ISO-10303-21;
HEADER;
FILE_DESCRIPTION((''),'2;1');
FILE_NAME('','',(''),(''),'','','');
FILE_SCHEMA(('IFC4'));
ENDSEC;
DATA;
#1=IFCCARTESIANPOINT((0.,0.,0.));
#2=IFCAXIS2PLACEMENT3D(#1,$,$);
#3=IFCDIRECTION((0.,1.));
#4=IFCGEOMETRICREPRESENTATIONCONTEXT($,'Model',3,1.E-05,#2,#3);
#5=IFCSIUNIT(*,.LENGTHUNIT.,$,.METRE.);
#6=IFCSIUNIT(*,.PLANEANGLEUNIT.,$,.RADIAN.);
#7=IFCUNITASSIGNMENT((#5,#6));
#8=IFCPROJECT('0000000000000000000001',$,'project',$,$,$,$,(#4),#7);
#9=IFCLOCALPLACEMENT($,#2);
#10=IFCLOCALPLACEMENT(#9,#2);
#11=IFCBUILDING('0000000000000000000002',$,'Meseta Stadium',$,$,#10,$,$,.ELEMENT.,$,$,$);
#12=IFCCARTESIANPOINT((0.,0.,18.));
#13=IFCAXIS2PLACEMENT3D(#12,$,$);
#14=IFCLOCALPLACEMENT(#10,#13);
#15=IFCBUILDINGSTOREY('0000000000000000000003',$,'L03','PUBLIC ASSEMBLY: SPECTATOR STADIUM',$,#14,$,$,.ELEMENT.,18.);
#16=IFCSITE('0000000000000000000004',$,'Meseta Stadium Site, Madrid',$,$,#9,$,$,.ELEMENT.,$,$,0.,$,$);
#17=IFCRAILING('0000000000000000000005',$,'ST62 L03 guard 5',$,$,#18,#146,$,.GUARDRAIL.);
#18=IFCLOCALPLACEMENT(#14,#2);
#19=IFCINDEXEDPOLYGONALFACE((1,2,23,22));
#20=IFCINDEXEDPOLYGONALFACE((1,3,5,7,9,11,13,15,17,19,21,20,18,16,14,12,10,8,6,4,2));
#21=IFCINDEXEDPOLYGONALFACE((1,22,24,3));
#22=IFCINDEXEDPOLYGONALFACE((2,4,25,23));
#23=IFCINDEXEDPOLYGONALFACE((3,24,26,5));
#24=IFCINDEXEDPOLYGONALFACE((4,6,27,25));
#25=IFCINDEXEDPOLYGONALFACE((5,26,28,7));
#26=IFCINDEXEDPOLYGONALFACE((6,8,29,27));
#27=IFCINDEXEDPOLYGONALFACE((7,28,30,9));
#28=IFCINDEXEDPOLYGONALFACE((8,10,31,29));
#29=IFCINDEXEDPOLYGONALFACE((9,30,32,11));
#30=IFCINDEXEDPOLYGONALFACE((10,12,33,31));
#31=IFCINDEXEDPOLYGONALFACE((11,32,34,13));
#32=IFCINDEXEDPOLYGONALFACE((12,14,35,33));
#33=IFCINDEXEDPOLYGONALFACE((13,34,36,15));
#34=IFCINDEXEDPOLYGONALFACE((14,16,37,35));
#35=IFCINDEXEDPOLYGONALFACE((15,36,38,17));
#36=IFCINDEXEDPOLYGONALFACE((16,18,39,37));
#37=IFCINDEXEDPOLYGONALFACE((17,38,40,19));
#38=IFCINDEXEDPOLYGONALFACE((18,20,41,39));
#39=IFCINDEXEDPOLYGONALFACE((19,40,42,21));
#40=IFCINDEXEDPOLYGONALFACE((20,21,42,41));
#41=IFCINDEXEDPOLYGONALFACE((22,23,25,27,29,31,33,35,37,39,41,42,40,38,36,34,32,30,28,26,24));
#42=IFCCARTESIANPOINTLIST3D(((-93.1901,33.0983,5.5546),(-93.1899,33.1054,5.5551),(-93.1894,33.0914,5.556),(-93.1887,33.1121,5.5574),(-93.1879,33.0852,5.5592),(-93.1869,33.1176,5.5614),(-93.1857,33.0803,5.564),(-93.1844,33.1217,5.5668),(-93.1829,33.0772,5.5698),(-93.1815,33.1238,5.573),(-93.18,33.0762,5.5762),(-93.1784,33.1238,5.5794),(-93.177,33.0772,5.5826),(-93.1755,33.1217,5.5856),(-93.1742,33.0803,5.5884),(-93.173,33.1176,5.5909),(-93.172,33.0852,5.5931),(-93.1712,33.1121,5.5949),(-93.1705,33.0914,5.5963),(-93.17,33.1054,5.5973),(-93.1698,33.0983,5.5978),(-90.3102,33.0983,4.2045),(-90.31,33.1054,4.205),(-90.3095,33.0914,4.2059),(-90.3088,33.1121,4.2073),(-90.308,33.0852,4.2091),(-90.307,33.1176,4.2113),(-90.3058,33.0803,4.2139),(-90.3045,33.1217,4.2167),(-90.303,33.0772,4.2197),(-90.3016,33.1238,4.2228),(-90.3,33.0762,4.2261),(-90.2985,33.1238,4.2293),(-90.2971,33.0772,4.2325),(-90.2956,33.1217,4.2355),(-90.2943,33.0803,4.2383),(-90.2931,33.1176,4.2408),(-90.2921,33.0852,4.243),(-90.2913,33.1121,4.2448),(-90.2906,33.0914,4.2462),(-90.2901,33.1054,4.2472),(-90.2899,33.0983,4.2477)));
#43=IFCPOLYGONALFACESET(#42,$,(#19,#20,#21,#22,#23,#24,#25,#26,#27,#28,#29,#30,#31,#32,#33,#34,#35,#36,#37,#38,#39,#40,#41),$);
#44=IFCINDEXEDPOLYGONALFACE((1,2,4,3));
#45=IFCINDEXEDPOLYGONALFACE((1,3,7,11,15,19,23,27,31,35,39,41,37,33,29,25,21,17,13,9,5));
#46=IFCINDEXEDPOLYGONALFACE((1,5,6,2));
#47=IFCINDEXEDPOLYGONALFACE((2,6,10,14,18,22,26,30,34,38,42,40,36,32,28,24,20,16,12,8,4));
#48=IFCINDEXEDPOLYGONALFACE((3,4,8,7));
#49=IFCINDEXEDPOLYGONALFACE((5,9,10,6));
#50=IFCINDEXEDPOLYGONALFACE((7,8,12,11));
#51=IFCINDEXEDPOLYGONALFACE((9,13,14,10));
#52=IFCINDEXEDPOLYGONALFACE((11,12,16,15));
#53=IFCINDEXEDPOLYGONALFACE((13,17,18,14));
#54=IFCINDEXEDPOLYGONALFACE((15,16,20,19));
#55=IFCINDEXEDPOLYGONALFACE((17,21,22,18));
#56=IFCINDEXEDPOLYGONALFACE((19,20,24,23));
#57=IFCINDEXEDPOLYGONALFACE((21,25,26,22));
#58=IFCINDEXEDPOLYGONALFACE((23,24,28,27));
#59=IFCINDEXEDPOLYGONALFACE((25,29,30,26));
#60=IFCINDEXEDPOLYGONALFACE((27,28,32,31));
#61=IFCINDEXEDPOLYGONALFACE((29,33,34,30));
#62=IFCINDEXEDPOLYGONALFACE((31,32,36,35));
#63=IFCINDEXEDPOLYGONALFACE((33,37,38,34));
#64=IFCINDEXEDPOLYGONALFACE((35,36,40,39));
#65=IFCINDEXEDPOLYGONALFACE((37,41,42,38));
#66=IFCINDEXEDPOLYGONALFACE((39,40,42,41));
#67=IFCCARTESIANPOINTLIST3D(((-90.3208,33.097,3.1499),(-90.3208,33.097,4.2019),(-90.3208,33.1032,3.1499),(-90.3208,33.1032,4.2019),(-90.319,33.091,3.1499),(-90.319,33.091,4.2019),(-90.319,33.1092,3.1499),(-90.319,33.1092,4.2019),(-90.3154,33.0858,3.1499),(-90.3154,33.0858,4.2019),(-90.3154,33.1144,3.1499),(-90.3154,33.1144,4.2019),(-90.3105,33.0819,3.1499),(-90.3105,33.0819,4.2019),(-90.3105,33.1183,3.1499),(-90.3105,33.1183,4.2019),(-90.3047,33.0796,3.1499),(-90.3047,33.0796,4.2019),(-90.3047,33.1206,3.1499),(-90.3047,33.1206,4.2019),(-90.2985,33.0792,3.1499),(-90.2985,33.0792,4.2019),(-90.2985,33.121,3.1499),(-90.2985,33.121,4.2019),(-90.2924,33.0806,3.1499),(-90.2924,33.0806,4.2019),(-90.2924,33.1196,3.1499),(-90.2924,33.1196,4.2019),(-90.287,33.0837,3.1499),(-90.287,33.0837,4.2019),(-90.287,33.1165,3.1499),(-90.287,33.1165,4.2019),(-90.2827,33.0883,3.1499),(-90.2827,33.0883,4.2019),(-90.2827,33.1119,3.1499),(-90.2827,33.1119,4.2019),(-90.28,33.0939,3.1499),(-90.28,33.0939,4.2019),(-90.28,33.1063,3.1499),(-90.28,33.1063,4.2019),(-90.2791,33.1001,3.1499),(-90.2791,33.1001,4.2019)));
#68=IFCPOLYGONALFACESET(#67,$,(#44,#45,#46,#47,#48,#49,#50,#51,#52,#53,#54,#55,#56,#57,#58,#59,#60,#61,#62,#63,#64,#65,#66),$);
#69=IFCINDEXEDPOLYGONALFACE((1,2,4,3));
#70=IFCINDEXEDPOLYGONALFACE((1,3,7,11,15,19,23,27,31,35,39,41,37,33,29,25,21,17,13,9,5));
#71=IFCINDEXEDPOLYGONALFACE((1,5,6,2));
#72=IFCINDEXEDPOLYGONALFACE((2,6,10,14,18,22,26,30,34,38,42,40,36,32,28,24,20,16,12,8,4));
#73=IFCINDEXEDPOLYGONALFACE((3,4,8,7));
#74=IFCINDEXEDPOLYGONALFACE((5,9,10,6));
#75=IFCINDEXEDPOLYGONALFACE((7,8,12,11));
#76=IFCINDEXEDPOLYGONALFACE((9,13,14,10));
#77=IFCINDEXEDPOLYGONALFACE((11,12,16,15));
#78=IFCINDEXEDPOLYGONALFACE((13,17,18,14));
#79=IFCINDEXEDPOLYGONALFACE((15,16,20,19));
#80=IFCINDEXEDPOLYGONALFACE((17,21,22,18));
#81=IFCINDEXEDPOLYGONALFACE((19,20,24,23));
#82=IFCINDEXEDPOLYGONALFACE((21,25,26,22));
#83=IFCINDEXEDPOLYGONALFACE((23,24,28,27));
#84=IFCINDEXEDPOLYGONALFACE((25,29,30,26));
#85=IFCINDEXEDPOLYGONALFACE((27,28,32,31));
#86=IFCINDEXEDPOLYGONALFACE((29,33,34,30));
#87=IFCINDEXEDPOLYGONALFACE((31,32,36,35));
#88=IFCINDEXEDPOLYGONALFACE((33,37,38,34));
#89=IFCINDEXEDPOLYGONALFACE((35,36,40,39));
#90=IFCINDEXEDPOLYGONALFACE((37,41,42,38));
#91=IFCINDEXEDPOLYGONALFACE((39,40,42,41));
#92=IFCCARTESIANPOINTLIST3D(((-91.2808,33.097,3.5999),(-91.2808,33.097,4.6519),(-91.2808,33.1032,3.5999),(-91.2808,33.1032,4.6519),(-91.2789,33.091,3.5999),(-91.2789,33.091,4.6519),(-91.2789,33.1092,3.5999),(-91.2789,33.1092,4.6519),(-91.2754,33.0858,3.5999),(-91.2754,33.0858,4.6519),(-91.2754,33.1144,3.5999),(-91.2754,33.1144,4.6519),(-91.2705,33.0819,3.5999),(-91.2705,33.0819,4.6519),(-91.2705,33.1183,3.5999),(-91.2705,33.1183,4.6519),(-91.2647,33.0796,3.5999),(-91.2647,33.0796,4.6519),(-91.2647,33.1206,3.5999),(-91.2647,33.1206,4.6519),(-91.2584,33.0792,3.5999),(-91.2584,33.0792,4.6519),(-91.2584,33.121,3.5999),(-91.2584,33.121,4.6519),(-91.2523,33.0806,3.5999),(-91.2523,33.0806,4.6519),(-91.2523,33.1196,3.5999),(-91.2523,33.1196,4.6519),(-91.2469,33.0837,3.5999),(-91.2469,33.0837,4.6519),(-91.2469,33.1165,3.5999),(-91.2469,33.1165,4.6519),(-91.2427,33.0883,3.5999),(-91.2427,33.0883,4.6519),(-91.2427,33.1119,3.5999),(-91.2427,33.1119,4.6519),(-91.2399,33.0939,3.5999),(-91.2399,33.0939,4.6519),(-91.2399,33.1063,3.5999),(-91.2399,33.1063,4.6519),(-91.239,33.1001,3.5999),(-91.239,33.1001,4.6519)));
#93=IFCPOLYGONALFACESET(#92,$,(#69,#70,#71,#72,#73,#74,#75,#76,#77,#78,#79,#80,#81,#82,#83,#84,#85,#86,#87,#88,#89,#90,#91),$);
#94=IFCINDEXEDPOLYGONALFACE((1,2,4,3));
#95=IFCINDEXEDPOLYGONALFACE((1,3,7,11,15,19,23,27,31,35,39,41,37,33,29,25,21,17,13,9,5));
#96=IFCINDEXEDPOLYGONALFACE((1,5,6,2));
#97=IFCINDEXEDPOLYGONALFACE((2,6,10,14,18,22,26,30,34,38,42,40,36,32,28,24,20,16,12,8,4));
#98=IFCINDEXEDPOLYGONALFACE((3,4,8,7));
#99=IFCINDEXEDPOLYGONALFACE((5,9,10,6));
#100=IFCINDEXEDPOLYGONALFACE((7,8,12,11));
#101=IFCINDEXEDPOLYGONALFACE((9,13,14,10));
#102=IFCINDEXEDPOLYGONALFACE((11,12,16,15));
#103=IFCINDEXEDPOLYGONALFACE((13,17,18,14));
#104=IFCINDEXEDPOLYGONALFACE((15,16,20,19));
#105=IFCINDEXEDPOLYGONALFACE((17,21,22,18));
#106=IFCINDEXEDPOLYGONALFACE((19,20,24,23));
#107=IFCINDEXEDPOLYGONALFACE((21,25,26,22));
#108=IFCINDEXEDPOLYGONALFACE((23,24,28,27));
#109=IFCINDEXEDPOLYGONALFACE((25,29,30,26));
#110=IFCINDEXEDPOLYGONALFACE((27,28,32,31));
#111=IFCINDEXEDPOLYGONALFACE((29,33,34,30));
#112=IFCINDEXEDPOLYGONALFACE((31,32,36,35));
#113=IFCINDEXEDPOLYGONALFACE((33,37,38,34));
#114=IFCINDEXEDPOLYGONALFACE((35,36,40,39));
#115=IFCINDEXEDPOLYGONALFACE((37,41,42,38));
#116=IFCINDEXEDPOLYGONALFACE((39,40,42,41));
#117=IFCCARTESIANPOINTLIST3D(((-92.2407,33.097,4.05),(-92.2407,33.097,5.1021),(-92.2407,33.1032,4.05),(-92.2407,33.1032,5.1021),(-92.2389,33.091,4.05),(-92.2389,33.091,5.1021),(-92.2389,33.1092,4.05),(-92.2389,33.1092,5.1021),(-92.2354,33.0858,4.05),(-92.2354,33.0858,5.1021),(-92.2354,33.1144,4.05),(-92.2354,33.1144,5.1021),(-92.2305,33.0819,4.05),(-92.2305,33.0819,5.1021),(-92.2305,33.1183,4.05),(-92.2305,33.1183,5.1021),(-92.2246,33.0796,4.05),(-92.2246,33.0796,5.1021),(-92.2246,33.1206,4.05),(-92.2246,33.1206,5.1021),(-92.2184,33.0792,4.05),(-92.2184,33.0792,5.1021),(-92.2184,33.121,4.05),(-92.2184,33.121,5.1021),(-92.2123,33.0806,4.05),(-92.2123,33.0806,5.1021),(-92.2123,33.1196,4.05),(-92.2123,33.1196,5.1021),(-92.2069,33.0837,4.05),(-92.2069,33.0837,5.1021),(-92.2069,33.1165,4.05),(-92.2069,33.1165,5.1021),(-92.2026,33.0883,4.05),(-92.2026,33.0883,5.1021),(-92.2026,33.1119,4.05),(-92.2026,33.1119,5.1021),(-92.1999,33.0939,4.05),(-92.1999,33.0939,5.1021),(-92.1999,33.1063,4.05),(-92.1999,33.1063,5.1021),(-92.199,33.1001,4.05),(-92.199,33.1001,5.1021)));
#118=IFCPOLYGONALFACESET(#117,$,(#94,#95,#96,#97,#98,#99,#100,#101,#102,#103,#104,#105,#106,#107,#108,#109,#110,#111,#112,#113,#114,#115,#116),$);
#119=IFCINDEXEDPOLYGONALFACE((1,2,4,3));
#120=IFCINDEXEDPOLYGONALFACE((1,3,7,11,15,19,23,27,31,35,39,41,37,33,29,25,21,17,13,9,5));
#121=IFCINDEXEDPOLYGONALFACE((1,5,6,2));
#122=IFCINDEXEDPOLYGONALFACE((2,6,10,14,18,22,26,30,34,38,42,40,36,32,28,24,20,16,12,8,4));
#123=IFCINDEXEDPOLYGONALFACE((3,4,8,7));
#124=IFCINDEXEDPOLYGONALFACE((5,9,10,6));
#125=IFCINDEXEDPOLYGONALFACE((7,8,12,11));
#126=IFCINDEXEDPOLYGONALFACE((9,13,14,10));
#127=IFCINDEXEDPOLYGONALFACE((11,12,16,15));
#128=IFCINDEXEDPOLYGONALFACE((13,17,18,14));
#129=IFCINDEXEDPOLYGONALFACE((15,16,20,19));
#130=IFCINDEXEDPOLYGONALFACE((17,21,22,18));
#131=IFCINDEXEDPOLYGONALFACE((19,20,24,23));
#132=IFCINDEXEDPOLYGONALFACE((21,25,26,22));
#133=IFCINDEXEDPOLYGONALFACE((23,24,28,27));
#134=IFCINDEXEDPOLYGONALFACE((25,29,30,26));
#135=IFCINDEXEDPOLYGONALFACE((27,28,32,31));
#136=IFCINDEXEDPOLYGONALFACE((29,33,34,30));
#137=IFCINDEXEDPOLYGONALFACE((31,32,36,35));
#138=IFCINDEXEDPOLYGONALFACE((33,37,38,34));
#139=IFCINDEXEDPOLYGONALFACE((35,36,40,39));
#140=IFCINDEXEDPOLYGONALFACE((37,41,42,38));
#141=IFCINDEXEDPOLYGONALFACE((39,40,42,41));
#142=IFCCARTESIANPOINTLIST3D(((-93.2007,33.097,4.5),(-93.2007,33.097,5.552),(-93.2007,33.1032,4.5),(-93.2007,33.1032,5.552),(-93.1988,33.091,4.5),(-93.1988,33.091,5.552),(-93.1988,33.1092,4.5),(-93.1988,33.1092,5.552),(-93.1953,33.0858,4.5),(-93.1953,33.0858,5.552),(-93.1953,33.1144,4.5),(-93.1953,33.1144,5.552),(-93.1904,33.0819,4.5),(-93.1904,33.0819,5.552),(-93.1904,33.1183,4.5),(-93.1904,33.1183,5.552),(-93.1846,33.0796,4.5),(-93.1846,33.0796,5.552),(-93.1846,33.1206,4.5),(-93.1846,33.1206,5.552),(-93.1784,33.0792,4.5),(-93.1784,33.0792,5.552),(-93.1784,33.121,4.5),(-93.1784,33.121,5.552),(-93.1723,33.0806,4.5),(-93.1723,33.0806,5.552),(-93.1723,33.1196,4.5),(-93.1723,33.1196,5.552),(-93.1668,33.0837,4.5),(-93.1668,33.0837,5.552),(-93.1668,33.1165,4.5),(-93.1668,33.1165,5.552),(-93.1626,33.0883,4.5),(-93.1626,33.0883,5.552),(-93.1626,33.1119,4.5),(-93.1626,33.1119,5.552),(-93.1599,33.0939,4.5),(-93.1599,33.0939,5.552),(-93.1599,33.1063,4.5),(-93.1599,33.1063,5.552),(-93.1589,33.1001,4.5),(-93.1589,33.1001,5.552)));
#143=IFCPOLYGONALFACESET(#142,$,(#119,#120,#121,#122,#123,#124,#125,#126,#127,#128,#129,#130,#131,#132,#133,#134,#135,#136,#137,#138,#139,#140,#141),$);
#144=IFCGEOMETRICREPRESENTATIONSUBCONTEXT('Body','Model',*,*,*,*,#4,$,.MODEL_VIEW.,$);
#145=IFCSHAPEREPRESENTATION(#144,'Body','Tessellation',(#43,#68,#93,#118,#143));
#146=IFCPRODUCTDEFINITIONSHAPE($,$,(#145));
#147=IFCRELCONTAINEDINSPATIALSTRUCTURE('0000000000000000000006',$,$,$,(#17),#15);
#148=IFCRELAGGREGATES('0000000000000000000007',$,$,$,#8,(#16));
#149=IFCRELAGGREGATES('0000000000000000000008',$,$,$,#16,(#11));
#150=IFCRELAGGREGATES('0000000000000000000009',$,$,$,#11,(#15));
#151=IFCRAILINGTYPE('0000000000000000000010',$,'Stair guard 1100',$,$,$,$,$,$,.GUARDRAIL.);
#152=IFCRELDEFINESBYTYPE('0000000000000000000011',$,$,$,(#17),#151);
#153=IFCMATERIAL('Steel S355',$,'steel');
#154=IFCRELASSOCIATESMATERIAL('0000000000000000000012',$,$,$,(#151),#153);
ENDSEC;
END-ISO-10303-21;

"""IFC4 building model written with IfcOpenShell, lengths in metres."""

from ifc_helpers import new_model, si_unit, direction, frame, origin, origin_2d, place, context, subcontext, project, spatial, circle, extrude, material, type_object, element, save


model = new_model("IFC4")

# Units and contexts
model_context = context("Model", 3, precision=1e-05, world=origin(), true_north=direction((0.0, 1.0)))
body_context = subcontext(model_context, "Body", "Model", "MODEL_VIEW")
ifc_project = project(units=[si_unit("LENGTHUNIT", "METRE"), si_unit("PLANEANGLEUNIT", "RADIAN")], contexts=[model_context])

# Site, building, storey
site_placement = place(None, origin())
site = spatial("IfcSite", under=ifc_project, at=site_placement, Name="Meseta Stadium Site, Madrid", CompositionType="ELEMENT", RefElevation=0.0)
building_placement = place(site_placement, origin())
building = spatial("IfcBuilding", under=site, at=building_placement, Name="Meseta Stadium", CompositionType="ELEMENT")
storey_placement = place(building_placement, frame((0.0, 0.0, 18.0)))
storey = spatial("IfcBuildingStorey", under=building, at=storey_placement, Name="L03", Description="PUBLIC ASSEMBLY: SPECTATOR STADIUM", CompositionType="ELEMENT", Elevation=18.0)

# Railing
ifc_material_1 = material(Name="Steel S355", Category="steel")
railing_type_1 = type_object("IfcRailingType", Name="Stair guard 1100", PredefinedType="GUARDRAIL", material=ifc_material_1)
railing_1_placement = place(storey_placement, frame((-90.3, 33.1001, 3.1499)))
element("IfcRailing", 1, at=railing_1_placement, inside=storey, type_object=railing_type_1, Name="ST62 L03 guard 5", PredefinedType="GUARDRAIL", context=body_context, shape_type="SweptSolid", body=[
    extrude(circle(Radius=0.0239, at=origin_2d()), frame((0.0, 0.0, 1.0762), z_axis=(-0.90544, 0.0, 0.424473), x_axis=(0.0, -1.0, 0.0)), (0.0, 0.0, 1.0), 3.1807),
    extrude(circle(Radius=0.021, at=origin_2d()), origin(), (0.0, 0.0, 1.0), 1.052),
    extrude(circle(Radius=0.021, at=origin_2d()), frame((-0.96, 0.0, 0.45)), (0.0, 0.0, 1.0), 1.052),
    extrude(circle(Radius=0.021, at=origin_2d()), frame((-1.9199, 0.0, 0.9001)), (0.0, 0.0, 1.0), 1.052),
    extrude(circle(Radius=0.021, at=origin_2d()), frame((-2.8799, 0.0, 1.3501)), (0.0, 0.0, 1.0), 1.052),
])

save(model, "model.ifc")
